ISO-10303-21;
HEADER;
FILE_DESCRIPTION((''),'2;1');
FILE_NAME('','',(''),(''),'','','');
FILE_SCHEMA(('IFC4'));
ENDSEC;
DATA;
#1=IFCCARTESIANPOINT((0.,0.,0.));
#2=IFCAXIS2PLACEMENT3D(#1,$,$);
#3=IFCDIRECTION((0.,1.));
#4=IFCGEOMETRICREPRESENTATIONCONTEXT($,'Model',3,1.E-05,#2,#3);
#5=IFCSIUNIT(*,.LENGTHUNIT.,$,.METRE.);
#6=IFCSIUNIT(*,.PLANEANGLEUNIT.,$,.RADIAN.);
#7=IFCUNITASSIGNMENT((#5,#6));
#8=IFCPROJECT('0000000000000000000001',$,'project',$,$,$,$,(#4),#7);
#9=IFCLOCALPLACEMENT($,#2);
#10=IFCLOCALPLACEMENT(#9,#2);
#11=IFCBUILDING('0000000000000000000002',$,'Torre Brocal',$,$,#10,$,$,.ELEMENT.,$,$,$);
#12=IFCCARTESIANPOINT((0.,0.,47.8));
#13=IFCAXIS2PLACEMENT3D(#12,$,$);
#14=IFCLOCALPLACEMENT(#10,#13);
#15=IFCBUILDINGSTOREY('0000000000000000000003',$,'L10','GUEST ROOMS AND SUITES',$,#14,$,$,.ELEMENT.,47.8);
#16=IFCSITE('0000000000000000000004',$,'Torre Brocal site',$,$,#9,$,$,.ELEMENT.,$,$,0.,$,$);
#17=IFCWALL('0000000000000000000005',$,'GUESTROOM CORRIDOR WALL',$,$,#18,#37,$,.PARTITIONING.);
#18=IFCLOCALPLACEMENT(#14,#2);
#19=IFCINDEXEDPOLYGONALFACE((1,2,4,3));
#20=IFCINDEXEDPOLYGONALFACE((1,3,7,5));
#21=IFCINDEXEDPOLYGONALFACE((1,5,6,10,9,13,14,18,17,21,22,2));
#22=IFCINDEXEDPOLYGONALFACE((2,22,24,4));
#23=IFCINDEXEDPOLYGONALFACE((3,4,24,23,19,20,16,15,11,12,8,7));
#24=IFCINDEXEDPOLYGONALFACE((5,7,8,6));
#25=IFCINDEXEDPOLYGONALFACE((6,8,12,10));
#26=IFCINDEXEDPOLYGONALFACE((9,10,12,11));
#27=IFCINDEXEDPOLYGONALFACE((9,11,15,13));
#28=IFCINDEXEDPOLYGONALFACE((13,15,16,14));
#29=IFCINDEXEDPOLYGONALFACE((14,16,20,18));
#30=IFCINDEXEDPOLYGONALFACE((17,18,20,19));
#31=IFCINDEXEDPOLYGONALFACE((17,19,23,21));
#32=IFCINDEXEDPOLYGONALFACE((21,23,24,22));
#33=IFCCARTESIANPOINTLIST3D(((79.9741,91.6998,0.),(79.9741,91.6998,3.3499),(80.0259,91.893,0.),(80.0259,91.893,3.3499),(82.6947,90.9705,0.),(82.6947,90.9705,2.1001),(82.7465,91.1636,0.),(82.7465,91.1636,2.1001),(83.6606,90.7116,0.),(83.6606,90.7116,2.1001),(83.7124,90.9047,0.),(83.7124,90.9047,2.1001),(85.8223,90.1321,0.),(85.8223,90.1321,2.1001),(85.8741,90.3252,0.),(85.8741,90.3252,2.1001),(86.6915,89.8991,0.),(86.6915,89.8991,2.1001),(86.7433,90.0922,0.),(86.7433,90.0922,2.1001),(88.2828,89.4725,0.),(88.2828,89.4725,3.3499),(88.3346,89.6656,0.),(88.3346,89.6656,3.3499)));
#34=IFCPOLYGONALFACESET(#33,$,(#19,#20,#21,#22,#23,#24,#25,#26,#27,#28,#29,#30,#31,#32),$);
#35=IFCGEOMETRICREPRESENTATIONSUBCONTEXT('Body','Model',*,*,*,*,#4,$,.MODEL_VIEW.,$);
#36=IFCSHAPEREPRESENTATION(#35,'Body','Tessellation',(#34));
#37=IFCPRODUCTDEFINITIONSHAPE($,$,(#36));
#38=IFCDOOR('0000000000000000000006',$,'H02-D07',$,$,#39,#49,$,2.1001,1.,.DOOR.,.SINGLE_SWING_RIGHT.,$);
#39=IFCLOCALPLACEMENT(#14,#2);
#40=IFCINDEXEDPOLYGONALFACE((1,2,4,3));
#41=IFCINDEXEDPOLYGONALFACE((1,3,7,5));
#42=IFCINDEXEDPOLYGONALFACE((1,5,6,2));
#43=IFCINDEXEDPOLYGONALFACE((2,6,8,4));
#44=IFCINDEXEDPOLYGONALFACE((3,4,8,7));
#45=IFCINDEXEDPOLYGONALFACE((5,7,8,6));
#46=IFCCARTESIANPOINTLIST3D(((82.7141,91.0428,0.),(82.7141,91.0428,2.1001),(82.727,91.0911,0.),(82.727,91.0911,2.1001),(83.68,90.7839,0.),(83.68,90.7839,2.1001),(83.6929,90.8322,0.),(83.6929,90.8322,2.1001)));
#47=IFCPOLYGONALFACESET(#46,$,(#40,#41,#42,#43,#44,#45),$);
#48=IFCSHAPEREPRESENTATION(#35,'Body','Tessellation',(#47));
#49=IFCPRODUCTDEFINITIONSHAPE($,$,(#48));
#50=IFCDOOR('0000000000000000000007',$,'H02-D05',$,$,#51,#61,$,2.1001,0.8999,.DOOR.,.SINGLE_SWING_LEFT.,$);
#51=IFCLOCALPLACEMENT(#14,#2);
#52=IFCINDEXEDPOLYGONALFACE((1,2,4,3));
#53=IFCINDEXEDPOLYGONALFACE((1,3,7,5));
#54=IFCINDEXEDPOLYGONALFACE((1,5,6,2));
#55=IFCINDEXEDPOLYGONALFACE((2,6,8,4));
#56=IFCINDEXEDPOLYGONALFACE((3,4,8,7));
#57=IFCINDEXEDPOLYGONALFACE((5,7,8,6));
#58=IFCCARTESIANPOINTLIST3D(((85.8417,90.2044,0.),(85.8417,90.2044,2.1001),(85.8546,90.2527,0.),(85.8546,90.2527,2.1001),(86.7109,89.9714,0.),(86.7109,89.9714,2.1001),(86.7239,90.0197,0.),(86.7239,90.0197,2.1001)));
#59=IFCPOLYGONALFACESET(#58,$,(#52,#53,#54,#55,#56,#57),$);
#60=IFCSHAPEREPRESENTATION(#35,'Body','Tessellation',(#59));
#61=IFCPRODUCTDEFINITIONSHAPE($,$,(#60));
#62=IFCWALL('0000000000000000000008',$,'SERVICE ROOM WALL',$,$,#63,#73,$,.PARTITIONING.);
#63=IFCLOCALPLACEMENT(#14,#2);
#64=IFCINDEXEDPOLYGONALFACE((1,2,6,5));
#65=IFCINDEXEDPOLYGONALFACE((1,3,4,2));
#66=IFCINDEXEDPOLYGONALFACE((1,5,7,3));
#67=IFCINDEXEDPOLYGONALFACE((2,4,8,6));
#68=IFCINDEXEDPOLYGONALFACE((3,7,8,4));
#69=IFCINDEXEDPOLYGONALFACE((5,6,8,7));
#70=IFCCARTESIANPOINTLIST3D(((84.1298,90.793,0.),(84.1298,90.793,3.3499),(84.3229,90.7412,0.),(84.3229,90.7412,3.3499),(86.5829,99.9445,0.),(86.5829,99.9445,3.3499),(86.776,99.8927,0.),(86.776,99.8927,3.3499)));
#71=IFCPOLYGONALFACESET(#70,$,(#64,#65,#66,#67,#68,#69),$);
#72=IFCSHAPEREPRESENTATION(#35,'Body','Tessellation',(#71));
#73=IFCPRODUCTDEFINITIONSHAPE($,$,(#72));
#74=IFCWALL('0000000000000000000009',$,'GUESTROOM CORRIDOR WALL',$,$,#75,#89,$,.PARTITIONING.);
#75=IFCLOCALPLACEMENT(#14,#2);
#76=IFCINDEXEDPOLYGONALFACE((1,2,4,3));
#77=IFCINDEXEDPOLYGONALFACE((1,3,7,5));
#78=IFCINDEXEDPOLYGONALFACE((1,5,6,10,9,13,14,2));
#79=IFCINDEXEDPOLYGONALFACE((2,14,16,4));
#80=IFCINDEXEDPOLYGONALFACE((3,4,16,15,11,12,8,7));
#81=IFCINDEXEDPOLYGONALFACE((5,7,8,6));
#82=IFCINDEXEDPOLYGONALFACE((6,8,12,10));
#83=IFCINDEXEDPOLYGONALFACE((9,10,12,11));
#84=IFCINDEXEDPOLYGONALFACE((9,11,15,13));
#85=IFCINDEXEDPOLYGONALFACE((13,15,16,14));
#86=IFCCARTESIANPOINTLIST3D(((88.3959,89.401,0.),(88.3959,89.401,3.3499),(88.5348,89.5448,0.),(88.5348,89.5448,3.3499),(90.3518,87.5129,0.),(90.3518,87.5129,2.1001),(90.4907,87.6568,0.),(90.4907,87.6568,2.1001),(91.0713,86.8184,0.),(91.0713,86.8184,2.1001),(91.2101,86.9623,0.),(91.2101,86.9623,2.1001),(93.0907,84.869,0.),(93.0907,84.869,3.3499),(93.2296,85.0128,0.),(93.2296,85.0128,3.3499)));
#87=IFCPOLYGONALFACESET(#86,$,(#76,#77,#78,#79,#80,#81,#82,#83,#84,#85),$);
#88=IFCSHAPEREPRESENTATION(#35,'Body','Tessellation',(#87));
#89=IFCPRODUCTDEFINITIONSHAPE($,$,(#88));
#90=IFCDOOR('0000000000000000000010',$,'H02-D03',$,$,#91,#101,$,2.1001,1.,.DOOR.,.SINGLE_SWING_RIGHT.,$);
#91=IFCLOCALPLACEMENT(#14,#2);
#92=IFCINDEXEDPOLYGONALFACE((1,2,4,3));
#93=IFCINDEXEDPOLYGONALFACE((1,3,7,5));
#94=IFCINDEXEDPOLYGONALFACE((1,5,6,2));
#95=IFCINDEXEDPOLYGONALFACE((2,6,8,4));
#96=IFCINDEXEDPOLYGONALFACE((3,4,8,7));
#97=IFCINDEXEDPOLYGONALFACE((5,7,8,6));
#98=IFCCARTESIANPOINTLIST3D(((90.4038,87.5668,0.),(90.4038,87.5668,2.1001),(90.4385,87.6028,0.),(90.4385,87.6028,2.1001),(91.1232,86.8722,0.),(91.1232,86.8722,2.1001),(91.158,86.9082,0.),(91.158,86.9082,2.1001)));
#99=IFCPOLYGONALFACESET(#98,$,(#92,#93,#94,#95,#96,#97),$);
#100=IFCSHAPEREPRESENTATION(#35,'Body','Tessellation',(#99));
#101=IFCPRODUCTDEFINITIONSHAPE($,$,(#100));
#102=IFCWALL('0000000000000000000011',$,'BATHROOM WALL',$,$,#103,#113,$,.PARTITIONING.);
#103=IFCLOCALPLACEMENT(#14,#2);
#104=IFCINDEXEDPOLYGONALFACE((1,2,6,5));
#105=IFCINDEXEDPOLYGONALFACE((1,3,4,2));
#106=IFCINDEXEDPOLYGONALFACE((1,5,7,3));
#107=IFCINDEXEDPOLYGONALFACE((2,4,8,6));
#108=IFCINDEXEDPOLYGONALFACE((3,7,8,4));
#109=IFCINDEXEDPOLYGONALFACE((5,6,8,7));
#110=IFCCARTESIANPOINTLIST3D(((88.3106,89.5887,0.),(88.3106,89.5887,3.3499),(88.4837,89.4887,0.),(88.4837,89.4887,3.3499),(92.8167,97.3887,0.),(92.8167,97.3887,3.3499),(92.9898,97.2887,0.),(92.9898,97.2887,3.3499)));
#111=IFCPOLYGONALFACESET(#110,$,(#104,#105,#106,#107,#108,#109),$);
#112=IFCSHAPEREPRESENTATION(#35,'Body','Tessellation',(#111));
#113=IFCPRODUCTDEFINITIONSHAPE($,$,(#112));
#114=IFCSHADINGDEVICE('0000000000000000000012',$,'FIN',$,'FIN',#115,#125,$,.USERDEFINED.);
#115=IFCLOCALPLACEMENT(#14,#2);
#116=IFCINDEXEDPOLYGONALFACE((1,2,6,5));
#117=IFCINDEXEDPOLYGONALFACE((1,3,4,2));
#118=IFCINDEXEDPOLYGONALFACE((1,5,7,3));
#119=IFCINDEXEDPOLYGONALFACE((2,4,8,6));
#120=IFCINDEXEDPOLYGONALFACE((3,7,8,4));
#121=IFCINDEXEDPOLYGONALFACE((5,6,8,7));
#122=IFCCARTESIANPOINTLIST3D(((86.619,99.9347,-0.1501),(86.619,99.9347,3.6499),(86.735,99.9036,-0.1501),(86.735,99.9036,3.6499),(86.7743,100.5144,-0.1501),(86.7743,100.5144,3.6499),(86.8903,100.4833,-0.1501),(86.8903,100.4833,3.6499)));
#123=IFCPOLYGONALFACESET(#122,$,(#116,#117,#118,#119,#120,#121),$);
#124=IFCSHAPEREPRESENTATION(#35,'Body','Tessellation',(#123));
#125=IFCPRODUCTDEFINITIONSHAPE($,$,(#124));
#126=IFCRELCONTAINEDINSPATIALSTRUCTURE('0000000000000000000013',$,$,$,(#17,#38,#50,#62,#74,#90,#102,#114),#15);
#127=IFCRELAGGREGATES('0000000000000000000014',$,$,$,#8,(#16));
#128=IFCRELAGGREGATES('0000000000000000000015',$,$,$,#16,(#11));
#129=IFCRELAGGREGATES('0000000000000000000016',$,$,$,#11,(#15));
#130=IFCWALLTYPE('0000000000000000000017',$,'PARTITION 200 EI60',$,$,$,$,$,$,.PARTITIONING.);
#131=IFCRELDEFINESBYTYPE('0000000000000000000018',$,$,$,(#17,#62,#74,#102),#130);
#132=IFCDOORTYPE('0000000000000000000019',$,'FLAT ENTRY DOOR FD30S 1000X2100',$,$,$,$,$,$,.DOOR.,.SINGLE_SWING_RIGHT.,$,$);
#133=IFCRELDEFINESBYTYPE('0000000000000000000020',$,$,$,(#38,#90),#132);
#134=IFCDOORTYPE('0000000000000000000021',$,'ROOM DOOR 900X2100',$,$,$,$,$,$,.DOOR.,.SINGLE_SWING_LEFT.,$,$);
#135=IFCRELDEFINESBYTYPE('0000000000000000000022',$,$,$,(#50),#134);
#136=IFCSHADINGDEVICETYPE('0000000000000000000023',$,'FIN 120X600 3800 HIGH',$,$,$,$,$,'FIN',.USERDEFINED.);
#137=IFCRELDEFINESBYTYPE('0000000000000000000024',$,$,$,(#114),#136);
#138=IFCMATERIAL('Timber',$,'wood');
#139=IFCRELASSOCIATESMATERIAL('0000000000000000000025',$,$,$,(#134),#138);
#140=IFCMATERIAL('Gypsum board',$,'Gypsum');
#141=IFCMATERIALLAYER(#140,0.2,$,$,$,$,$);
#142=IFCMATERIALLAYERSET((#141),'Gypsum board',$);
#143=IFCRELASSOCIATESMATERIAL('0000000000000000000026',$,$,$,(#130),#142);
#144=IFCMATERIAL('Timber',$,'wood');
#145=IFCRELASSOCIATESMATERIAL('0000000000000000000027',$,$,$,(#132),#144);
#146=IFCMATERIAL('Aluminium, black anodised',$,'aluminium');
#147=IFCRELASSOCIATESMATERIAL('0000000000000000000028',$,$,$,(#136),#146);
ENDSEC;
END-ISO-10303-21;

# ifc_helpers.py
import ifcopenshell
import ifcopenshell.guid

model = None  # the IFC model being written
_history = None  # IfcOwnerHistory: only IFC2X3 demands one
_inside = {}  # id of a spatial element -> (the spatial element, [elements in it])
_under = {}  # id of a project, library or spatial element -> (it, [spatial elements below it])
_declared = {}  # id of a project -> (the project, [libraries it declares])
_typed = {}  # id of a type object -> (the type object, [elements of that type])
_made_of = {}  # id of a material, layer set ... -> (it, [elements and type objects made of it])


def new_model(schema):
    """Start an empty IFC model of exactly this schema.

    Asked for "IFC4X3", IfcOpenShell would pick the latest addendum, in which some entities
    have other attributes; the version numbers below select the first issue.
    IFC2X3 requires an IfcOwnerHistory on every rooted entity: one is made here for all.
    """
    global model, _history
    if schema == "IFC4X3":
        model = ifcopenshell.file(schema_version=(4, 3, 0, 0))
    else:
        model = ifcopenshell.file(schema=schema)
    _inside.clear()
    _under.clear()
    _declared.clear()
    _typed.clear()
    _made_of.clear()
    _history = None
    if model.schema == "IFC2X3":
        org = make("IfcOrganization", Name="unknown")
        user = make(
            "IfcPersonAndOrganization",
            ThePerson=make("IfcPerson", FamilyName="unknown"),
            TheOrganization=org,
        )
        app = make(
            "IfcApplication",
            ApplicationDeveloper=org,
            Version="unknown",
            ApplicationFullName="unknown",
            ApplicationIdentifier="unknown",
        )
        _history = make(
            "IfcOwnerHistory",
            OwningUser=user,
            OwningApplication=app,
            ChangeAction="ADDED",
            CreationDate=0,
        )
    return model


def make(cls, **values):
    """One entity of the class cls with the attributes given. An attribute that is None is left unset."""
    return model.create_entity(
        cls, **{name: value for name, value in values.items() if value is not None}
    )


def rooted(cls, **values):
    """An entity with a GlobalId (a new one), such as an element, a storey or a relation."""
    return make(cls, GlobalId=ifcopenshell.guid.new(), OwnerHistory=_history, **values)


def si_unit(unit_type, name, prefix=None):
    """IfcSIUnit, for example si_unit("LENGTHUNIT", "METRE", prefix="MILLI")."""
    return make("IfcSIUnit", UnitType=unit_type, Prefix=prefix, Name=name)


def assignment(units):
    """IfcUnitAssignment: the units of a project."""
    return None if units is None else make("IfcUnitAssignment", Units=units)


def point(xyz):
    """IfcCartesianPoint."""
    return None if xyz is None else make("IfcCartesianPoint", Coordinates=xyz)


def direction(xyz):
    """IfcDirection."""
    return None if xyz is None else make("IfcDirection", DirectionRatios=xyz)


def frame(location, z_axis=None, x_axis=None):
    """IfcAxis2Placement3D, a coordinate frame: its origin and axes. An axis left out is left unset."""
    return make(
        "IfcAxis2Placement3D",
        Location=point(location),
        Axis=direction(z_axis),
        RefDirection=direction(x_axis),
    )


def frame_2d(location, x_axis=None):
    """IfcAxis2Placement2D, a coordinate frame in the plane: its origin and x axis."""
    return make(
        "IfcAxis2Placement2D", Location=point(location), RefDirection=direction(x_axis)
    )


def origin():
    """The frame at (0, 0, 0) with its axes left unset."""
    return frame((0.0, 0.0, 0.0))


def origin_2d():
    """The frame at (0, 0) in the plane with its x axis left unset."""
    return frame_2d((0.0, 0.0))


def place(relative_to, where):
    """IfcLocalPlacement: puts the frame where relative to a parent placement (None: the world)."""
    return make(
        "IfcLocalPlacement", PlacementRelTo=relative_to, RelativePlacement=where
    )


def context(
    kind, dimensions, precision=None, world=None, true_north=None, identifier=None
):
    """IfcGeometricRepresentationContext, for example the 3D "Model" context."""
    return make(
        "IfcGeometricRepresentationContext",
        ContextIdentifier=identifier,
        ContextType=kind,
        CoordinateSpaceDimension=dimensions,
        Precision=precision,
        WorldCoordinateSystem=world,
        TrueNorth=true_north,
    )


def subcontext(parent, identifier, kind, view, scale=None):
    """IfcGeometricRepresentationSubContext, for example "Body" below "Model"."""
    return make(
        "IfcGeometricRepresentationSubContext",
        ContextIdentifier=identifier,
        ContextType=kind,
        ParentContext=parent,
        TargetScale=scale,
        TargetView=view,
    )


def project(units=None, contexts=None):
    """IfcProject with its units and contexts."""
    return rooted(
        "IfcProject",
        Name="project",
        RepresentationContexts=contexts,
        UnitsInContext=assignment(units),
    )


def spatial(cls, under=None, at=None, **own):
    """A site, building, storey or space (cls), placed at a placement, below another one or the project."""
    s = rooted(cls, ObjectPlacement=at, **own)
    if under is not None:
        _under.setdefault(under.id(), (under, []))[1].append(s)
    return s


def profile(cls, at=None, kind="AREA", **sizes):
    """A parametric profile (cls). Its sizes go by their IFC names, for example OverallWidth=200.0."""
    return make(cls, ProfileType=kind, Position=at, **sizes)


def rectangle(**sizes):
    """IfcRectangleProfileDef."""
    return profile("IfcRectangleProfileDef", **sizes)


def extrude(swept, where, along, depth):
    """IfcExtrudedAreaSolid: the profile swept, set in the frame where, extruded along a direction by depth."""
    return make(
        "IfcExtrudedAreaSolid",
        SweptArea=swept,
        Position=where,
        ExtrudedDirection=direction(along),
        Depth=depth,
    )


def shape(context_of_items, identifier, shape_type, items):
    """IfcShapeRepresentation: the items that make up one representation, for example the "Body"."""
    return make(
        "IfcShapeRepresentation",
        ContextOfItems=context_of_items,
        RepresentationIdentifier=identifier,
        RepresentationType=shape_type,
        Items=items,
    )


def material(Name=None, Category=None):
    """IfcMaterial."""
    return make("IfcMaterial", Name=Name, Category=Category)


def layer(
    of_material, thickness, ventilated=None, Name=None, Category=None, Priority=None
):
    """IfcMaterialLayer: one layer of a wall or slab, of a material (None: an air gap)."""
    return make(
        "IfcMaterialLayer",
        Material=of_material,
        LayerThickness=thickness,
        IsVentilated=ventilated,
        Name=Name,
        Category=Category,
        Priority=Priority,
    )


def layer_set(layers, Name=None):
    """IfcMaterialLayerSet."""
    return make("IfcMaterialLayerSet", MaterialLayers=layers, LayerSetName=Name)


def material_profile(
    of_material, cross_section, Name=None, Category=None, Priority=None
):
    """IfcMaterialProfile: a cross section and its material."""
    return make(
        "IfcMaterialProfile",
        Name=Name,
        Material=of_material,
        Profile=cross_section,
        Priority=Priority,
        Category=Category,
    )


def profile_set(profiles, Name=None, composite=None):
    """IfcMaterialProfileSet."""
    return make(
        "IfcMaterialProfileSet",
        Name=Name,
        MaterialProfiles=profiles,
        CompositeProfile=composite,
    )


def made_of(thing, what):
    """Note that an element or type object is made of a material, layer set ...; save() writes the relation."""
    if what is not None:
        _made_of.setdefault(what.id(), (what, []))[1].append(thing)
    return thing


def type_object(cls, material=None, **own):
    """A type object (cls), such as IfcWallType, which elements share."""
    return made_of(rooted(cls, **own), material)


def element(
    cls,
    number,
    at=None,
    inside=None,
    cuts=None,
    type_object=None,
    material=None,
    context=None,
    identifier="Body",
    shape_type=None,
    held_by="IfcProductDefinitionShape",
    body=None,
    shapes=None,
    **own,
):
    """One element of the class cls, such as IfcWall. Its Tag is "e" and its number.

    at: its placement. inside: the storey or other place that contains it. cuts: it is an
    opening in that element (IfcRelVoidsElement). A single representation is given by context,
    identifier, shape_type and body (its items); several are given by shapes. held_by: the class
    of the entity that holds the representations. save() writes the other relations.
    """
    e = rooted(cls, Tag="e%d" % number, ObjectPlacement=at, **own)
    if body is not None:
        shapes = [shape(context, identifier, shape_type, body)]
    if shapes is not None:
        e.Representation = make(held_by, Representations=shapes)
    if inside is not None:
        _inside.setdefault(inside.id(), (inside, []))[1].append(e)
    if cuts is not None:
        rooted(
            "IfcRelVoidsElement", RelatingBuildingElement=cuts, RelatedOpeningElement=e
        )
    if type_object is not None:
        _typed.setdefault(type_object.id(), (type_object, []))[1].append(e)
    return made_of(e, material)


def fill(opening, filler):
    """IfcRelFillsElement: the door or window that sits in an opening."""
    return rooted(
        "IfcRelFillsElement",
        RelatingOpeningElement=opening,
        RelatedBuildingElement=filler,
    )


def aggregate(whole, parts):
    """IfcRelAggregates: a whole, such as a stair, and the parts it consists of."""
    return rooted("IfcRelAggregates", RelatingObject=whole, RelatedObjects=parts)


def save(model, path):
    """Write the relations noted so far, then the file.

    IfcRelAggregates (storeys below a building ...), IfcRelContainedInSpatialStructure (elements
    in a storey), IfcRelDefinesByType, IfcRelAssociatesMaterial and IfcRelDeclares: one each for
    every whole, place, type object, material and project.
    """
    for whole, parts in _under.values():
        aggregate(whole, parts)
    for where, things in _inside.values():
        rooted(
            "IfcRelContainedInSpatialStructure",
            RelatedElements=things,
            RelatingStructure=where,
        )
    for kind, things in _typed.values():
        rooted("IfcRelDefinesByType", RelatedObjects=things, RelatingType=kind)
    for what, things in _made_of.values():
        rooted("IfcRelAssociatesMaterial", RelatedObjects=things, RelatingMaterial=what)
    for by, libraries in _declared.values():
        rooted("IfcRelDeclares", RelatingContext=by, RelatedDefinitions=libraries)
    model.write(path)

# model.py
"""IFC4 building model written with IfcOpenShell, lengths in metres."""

from ifc_helpers import new_model, si_unit, direction, frame, frame_2d, origin, origin_2d, place, context, subcontext, project, spatial, rectangle, extrude, material, layer, layer_set, material_profile, profile_set, type_object, element, fill, save


model = new_model("IFC4")

# Units and contexts
model_context = context("Model", 3, precision=1e-05, world=origin(), true_north=direction((0.0, 1.0)))
body_context = subcontext(model_context, "Body", "Model", "MODEL_VIEW")
ifc_project = project(units=[si_unit("LENGTHUNIT", "METRE"), si_unit("PLANEANGLEUNIT", "RADIAN")], contexts=[model_context])

# Site, building, storey
site_placement = place(None, origin())
site = spatial("IfcSite", under=ifc_project, at=site_placement, Name="Torre Brocal site", CompositionType="ELEMENT", RefElevation=0.0)
building_placement = place(site_placement, origin())
building = spatial("IfcBuilding", under=site, at=building_placement, Name="Torre Brocal", CompositionType="ELEMENT")
storey_placement = place(building_placement, frame((0.0, 0.0, 47.8)))
storey = spatial("IfcBuildingStorey", under=building, at=storey_placement, Name="L10", Description="GUEST ROOMS AND SUITES", CompositionType="ELEMENT", Elevation=47.8)

# Shared definitions
ifc_material_1 = material(Name="Timber", Category="wood")
door_type_1 = type_object("IfcDoorType", Name="ROOM DOOR 900X2100", OperationType="SINGLE_SWING_LEFT", PredefinedType="DOOR", material=ifc_material_1)
ifc_material_2 = material(Name="Gypsum board", Category="Gypsum")
ifc_layer_1 = layer(ifc_material_2, 0.2)
ifc_layer_set_1 = layer_set([ifc_layer_1], Name="Gypsum board")
wall_type_1 = type_object("IfcWallType", Name="PARTITION 200 EI60", PredefinedType="PARTITIONING", material=ifc_layer_set_1)

# Wall, openings, doors
wall_1_placement = place(storey_placement, frame((80.0, 91.7964, 0.0), z_axis=(0.0, 0.0, 1.0), x_axis=(0.965896, -0.258929, 0.0)))
wall_1 = element("IfcWall", 1, at=wall_1_placement, inside=storey, type_object=wall_type_1, Name="GUESTROOM CORRIDOR WALL", PredefinedType="PARTITIONING", context=body_context, shape_type="SweptSolid", body=[
    extrude(rectangle(XDim=8.6021, YDim=0.2, at=frame_2d((4.301, 0.0))), origin(), (0.0, 0.0, 1.0), 3.3499),
])
opening_1_placement = place(wall_1_placement, frame((6.0547, 0.0, 0.0)))
opening_1 = element("IfcOpeningElement", 2, at=opening_1_placement, cuts=wall_1, PredefinedType="OPENING", context=body_context, shape_type="SweptSolid", body=[
    extrude(rectangle(XDim=0.8999, YDim=2.1001, at=frame_2d((0.45, 1.05))), frame((0.0, 0.1099, 0.0), z_axis=(0.0, -1.0, 0.0), x_axis=(1.0, 0.0, 0.0)), (0.0, 0.0, 1.0), 0.22),
])
opening_2_placement = place(wall_1_placement, frame((2.8167, 0.0, 0.0)))
opening_2 = element("IfcOpeningElement", 3, at=opening_2_placement, cuts=wall_1, PredefinedType="OPENING", context=body_context, shape_type="SweptSolid", body=[
    extrude(rectangle(XDim=1.0, YDim=2.1001, at=frame_2d((0.5, 1.05))), frame((0.0, 0.1099, 0.0), z_axis=(0.0, -1.0, 0.0), x_axis=(1.0, 0.0, 0.0)), (0.0, 0.0, 1.0), 0.22),
])
ifc_material_3 = material(Name="Timber", Category="wood")
door_type_2 = type_object("IfcDoorType", Name="FLAT ENTRY DOOR FD30S 1000X2100", OperationType="SINGLE_SWING_RIGHT", PredefinedType="DOOR", material=ifc_material_3)
door_1_placement = place(opening_2_placement, origin())
door_1 = element("IfcDoor", 4, at=door_1_placement, inside=storey, type_object=door_type_2, Name="H02-D07", OperationType="SINGLE_SWING_RIGHT", OverallHeight=2.1001, OverallWidth=1.0, PredefinedType="DOOR", context=body_context, shape_type="SweptSolid", body=[
    extrude(rectangle(XDim=1.0, YDim=2.1001, at=frame_2d((0.5, 1.05))), frame((0.0, 0.0249, 0.0), z_axis=(0.0, -1.0, 0.0), x_axis=(1.0, 0.0, 0.0)), (0.0, 0.0, 1.0), 0.05),
])
fill(opening_2, door_1)
door_2_placement = place(opening_1_placement, origin())
door_2 = element("IfcDoor", 5, at=door_2_placement, inside=storey, type_object=door_type_1, Name="H02-D05", OperationType="SINGLE_SWING_LEFT", OverallHeight=2.1001, OverallWidth=0.8999, PredefinedType="DOOR", context=body_context, shape_type="SweptSolid", body=[
    extrude(rectangle(XDim=0.8999, YDim=2.1001, at=frame_2d((0.45, 1.05))), frame((0.0, 0.0249, 0.0), z_axis=(0.0, -1.0, 0.0), x_axis=(1.0, 0.0, 0.0)), (0.0, 0.0, 1.0), 0.05),
])
fill(opening_1, door_2)

# Wall
wall_2_placement = place(storey_placement, frame((84.2263, 90.7671, 0.0), z_axis=(0.0, 0.0, 1.0), x_axis=(0.258913, 0.965901, 0.0)))
element("IfcWall", 6, at=wall_2_placement, inside=storey, type_object=wall_type_1, Name="SERVICE ROOM WALL", PredefinedType="PARTITIONING", context=body_context, shape_type="SweptSolid", body=[
    extrude(rectangle(XDim=9.4746, YDim=0.2, at=frame_2d((4.7373, 0.0))), origin(), (0.0, 0.0, 1.0), 3.3499),
])

# Wall, opening, door
wall_3_placement = place(storey_placement, frame((88.4653, 89.4729, 0.0), z_axis=(0.0, 0.0, 1.0), x_axis=(0.719474, -0.694519, 0.0)))
wall_3 = element("IfcWall", 7, at=wall_3_placement, inside=storey, type_object=wall_type_1, Name="GUESTROOM CORRIDOR WALL", PredefinedType="PARTITIONING", context=body_context, shape_type="SweptSolid", body=[
    extrude(rectangle(XDim=6.5254, YDim=0.2, at=frame_2d((3.2627, 0.0))), origin(), (0.0, 0.0, 1.0), 3.3499),
])
opening_3_placement = place(wall_3_placement, frame((2.7185, 0.0, 0.0)))
opening_3 = element("IfcOpeningElement", 8, at=opening_3_placement, cuts=wall_3, PredefinedType="OPENING", context=body_context, shape_type="SweptSolid", body=[
    extrude(rectangle(XDim=1.0, YDim=2.1001, at=frame_2d((0.5, 1.05))), frame((0.0, 0.1099, 0.0), z_axis=(0.0, -1.0, 0.0), x_axis=(1.0, 0.0, 0.0)), (0.0, 0.0, 1.0), 0.22),
])
door_3_placement = place(opening_3_placement, origin())
door_3 = element("IfcDoor", 9, at=door_3_placement, inside=storey, type_object=door_type_2, Name="H02-D03", OperationType="SINGLE_SWING_RIGHT", OverallHeight=2.1001, OverallWidth=1.0, PredefinedType="DOOR", context=body_context, shape_type="SweptSolid", body=[
    extrude(rectangle(XDim=1.0, YDim=2.1001, at=frame_2d((0.5, 1.05))), frame((0.0, 0.0249, 0.0), z_axis=(0.0, -1.0, 0.0), x_axis=(1.0, 0.0, 0.0)), (0.0, 0.0, 1.0), 0.05),
])
fill(opening_3, door_3)

# Wall
wall_4_placement = place(storey_placement, frame((88.3972, 89.5388, 0.0), z_axis=(0.0, 0.0, 1.0), x_axis=(0.500228, 0.865894, 0.0)))
element("IfcWall", 10, at=wall_4_placement, inside=storey, type_object=wall_type_1, Name="BATHROOM WALL", PredefinedType="PARTITIONING", context=body_context, shape_type="SweptSolid", body=[
    extrude(rectangle(XDim=9.0081, YDim=0.2, at=frame_2d((4.5039, 0.0))), origin(), (0.0, 0.0, 1.0), 3.3499),
])

# Shading device
ifc_material_4 = material(Name="Aluminium, black anodised", Category="aluminium")
ifc_material_profile_1 = material_profile(ifc_material_4, rectangle(XDim=0.1201, YDim=0.6001, at=origin_2d()), Name="FIN 120X600 3800 HIGH")
ifc_profile_set_1 = profile_set([ifc_material_profile_1], Name="Aluminium, black anodised")
shading_device_type = type_object("IfcShadingDeviceType", Name="FIN 120X600 3800 HIGH", ElementType="FIN", PredefinedType="USERDEFINED", material=ifc_profile_set_1)
shading_device_placement = place(storey_placement, frame((86.7546, 100.209, -0.1501), z_axis=(0.0, 0.0, 1.0), x_axis=(-0.965926, 0.258819, 0.0)))
element("IfcShadingDevice", 11, at=shading_device_placement, inside=storey, type_object=shading_device_type, Name="FIN", ObjectType="FIN", PredefinedType="USERDEFINED", context=body_context, shape_type="SweptSolid", body=[
    extrude(rectangle(XDim=0.1201, YDim=0.6001, at=origin_2d()), origin(), (0.0, 0.0, 1.0), 3.8),
])

save(model, "model.ifc")
